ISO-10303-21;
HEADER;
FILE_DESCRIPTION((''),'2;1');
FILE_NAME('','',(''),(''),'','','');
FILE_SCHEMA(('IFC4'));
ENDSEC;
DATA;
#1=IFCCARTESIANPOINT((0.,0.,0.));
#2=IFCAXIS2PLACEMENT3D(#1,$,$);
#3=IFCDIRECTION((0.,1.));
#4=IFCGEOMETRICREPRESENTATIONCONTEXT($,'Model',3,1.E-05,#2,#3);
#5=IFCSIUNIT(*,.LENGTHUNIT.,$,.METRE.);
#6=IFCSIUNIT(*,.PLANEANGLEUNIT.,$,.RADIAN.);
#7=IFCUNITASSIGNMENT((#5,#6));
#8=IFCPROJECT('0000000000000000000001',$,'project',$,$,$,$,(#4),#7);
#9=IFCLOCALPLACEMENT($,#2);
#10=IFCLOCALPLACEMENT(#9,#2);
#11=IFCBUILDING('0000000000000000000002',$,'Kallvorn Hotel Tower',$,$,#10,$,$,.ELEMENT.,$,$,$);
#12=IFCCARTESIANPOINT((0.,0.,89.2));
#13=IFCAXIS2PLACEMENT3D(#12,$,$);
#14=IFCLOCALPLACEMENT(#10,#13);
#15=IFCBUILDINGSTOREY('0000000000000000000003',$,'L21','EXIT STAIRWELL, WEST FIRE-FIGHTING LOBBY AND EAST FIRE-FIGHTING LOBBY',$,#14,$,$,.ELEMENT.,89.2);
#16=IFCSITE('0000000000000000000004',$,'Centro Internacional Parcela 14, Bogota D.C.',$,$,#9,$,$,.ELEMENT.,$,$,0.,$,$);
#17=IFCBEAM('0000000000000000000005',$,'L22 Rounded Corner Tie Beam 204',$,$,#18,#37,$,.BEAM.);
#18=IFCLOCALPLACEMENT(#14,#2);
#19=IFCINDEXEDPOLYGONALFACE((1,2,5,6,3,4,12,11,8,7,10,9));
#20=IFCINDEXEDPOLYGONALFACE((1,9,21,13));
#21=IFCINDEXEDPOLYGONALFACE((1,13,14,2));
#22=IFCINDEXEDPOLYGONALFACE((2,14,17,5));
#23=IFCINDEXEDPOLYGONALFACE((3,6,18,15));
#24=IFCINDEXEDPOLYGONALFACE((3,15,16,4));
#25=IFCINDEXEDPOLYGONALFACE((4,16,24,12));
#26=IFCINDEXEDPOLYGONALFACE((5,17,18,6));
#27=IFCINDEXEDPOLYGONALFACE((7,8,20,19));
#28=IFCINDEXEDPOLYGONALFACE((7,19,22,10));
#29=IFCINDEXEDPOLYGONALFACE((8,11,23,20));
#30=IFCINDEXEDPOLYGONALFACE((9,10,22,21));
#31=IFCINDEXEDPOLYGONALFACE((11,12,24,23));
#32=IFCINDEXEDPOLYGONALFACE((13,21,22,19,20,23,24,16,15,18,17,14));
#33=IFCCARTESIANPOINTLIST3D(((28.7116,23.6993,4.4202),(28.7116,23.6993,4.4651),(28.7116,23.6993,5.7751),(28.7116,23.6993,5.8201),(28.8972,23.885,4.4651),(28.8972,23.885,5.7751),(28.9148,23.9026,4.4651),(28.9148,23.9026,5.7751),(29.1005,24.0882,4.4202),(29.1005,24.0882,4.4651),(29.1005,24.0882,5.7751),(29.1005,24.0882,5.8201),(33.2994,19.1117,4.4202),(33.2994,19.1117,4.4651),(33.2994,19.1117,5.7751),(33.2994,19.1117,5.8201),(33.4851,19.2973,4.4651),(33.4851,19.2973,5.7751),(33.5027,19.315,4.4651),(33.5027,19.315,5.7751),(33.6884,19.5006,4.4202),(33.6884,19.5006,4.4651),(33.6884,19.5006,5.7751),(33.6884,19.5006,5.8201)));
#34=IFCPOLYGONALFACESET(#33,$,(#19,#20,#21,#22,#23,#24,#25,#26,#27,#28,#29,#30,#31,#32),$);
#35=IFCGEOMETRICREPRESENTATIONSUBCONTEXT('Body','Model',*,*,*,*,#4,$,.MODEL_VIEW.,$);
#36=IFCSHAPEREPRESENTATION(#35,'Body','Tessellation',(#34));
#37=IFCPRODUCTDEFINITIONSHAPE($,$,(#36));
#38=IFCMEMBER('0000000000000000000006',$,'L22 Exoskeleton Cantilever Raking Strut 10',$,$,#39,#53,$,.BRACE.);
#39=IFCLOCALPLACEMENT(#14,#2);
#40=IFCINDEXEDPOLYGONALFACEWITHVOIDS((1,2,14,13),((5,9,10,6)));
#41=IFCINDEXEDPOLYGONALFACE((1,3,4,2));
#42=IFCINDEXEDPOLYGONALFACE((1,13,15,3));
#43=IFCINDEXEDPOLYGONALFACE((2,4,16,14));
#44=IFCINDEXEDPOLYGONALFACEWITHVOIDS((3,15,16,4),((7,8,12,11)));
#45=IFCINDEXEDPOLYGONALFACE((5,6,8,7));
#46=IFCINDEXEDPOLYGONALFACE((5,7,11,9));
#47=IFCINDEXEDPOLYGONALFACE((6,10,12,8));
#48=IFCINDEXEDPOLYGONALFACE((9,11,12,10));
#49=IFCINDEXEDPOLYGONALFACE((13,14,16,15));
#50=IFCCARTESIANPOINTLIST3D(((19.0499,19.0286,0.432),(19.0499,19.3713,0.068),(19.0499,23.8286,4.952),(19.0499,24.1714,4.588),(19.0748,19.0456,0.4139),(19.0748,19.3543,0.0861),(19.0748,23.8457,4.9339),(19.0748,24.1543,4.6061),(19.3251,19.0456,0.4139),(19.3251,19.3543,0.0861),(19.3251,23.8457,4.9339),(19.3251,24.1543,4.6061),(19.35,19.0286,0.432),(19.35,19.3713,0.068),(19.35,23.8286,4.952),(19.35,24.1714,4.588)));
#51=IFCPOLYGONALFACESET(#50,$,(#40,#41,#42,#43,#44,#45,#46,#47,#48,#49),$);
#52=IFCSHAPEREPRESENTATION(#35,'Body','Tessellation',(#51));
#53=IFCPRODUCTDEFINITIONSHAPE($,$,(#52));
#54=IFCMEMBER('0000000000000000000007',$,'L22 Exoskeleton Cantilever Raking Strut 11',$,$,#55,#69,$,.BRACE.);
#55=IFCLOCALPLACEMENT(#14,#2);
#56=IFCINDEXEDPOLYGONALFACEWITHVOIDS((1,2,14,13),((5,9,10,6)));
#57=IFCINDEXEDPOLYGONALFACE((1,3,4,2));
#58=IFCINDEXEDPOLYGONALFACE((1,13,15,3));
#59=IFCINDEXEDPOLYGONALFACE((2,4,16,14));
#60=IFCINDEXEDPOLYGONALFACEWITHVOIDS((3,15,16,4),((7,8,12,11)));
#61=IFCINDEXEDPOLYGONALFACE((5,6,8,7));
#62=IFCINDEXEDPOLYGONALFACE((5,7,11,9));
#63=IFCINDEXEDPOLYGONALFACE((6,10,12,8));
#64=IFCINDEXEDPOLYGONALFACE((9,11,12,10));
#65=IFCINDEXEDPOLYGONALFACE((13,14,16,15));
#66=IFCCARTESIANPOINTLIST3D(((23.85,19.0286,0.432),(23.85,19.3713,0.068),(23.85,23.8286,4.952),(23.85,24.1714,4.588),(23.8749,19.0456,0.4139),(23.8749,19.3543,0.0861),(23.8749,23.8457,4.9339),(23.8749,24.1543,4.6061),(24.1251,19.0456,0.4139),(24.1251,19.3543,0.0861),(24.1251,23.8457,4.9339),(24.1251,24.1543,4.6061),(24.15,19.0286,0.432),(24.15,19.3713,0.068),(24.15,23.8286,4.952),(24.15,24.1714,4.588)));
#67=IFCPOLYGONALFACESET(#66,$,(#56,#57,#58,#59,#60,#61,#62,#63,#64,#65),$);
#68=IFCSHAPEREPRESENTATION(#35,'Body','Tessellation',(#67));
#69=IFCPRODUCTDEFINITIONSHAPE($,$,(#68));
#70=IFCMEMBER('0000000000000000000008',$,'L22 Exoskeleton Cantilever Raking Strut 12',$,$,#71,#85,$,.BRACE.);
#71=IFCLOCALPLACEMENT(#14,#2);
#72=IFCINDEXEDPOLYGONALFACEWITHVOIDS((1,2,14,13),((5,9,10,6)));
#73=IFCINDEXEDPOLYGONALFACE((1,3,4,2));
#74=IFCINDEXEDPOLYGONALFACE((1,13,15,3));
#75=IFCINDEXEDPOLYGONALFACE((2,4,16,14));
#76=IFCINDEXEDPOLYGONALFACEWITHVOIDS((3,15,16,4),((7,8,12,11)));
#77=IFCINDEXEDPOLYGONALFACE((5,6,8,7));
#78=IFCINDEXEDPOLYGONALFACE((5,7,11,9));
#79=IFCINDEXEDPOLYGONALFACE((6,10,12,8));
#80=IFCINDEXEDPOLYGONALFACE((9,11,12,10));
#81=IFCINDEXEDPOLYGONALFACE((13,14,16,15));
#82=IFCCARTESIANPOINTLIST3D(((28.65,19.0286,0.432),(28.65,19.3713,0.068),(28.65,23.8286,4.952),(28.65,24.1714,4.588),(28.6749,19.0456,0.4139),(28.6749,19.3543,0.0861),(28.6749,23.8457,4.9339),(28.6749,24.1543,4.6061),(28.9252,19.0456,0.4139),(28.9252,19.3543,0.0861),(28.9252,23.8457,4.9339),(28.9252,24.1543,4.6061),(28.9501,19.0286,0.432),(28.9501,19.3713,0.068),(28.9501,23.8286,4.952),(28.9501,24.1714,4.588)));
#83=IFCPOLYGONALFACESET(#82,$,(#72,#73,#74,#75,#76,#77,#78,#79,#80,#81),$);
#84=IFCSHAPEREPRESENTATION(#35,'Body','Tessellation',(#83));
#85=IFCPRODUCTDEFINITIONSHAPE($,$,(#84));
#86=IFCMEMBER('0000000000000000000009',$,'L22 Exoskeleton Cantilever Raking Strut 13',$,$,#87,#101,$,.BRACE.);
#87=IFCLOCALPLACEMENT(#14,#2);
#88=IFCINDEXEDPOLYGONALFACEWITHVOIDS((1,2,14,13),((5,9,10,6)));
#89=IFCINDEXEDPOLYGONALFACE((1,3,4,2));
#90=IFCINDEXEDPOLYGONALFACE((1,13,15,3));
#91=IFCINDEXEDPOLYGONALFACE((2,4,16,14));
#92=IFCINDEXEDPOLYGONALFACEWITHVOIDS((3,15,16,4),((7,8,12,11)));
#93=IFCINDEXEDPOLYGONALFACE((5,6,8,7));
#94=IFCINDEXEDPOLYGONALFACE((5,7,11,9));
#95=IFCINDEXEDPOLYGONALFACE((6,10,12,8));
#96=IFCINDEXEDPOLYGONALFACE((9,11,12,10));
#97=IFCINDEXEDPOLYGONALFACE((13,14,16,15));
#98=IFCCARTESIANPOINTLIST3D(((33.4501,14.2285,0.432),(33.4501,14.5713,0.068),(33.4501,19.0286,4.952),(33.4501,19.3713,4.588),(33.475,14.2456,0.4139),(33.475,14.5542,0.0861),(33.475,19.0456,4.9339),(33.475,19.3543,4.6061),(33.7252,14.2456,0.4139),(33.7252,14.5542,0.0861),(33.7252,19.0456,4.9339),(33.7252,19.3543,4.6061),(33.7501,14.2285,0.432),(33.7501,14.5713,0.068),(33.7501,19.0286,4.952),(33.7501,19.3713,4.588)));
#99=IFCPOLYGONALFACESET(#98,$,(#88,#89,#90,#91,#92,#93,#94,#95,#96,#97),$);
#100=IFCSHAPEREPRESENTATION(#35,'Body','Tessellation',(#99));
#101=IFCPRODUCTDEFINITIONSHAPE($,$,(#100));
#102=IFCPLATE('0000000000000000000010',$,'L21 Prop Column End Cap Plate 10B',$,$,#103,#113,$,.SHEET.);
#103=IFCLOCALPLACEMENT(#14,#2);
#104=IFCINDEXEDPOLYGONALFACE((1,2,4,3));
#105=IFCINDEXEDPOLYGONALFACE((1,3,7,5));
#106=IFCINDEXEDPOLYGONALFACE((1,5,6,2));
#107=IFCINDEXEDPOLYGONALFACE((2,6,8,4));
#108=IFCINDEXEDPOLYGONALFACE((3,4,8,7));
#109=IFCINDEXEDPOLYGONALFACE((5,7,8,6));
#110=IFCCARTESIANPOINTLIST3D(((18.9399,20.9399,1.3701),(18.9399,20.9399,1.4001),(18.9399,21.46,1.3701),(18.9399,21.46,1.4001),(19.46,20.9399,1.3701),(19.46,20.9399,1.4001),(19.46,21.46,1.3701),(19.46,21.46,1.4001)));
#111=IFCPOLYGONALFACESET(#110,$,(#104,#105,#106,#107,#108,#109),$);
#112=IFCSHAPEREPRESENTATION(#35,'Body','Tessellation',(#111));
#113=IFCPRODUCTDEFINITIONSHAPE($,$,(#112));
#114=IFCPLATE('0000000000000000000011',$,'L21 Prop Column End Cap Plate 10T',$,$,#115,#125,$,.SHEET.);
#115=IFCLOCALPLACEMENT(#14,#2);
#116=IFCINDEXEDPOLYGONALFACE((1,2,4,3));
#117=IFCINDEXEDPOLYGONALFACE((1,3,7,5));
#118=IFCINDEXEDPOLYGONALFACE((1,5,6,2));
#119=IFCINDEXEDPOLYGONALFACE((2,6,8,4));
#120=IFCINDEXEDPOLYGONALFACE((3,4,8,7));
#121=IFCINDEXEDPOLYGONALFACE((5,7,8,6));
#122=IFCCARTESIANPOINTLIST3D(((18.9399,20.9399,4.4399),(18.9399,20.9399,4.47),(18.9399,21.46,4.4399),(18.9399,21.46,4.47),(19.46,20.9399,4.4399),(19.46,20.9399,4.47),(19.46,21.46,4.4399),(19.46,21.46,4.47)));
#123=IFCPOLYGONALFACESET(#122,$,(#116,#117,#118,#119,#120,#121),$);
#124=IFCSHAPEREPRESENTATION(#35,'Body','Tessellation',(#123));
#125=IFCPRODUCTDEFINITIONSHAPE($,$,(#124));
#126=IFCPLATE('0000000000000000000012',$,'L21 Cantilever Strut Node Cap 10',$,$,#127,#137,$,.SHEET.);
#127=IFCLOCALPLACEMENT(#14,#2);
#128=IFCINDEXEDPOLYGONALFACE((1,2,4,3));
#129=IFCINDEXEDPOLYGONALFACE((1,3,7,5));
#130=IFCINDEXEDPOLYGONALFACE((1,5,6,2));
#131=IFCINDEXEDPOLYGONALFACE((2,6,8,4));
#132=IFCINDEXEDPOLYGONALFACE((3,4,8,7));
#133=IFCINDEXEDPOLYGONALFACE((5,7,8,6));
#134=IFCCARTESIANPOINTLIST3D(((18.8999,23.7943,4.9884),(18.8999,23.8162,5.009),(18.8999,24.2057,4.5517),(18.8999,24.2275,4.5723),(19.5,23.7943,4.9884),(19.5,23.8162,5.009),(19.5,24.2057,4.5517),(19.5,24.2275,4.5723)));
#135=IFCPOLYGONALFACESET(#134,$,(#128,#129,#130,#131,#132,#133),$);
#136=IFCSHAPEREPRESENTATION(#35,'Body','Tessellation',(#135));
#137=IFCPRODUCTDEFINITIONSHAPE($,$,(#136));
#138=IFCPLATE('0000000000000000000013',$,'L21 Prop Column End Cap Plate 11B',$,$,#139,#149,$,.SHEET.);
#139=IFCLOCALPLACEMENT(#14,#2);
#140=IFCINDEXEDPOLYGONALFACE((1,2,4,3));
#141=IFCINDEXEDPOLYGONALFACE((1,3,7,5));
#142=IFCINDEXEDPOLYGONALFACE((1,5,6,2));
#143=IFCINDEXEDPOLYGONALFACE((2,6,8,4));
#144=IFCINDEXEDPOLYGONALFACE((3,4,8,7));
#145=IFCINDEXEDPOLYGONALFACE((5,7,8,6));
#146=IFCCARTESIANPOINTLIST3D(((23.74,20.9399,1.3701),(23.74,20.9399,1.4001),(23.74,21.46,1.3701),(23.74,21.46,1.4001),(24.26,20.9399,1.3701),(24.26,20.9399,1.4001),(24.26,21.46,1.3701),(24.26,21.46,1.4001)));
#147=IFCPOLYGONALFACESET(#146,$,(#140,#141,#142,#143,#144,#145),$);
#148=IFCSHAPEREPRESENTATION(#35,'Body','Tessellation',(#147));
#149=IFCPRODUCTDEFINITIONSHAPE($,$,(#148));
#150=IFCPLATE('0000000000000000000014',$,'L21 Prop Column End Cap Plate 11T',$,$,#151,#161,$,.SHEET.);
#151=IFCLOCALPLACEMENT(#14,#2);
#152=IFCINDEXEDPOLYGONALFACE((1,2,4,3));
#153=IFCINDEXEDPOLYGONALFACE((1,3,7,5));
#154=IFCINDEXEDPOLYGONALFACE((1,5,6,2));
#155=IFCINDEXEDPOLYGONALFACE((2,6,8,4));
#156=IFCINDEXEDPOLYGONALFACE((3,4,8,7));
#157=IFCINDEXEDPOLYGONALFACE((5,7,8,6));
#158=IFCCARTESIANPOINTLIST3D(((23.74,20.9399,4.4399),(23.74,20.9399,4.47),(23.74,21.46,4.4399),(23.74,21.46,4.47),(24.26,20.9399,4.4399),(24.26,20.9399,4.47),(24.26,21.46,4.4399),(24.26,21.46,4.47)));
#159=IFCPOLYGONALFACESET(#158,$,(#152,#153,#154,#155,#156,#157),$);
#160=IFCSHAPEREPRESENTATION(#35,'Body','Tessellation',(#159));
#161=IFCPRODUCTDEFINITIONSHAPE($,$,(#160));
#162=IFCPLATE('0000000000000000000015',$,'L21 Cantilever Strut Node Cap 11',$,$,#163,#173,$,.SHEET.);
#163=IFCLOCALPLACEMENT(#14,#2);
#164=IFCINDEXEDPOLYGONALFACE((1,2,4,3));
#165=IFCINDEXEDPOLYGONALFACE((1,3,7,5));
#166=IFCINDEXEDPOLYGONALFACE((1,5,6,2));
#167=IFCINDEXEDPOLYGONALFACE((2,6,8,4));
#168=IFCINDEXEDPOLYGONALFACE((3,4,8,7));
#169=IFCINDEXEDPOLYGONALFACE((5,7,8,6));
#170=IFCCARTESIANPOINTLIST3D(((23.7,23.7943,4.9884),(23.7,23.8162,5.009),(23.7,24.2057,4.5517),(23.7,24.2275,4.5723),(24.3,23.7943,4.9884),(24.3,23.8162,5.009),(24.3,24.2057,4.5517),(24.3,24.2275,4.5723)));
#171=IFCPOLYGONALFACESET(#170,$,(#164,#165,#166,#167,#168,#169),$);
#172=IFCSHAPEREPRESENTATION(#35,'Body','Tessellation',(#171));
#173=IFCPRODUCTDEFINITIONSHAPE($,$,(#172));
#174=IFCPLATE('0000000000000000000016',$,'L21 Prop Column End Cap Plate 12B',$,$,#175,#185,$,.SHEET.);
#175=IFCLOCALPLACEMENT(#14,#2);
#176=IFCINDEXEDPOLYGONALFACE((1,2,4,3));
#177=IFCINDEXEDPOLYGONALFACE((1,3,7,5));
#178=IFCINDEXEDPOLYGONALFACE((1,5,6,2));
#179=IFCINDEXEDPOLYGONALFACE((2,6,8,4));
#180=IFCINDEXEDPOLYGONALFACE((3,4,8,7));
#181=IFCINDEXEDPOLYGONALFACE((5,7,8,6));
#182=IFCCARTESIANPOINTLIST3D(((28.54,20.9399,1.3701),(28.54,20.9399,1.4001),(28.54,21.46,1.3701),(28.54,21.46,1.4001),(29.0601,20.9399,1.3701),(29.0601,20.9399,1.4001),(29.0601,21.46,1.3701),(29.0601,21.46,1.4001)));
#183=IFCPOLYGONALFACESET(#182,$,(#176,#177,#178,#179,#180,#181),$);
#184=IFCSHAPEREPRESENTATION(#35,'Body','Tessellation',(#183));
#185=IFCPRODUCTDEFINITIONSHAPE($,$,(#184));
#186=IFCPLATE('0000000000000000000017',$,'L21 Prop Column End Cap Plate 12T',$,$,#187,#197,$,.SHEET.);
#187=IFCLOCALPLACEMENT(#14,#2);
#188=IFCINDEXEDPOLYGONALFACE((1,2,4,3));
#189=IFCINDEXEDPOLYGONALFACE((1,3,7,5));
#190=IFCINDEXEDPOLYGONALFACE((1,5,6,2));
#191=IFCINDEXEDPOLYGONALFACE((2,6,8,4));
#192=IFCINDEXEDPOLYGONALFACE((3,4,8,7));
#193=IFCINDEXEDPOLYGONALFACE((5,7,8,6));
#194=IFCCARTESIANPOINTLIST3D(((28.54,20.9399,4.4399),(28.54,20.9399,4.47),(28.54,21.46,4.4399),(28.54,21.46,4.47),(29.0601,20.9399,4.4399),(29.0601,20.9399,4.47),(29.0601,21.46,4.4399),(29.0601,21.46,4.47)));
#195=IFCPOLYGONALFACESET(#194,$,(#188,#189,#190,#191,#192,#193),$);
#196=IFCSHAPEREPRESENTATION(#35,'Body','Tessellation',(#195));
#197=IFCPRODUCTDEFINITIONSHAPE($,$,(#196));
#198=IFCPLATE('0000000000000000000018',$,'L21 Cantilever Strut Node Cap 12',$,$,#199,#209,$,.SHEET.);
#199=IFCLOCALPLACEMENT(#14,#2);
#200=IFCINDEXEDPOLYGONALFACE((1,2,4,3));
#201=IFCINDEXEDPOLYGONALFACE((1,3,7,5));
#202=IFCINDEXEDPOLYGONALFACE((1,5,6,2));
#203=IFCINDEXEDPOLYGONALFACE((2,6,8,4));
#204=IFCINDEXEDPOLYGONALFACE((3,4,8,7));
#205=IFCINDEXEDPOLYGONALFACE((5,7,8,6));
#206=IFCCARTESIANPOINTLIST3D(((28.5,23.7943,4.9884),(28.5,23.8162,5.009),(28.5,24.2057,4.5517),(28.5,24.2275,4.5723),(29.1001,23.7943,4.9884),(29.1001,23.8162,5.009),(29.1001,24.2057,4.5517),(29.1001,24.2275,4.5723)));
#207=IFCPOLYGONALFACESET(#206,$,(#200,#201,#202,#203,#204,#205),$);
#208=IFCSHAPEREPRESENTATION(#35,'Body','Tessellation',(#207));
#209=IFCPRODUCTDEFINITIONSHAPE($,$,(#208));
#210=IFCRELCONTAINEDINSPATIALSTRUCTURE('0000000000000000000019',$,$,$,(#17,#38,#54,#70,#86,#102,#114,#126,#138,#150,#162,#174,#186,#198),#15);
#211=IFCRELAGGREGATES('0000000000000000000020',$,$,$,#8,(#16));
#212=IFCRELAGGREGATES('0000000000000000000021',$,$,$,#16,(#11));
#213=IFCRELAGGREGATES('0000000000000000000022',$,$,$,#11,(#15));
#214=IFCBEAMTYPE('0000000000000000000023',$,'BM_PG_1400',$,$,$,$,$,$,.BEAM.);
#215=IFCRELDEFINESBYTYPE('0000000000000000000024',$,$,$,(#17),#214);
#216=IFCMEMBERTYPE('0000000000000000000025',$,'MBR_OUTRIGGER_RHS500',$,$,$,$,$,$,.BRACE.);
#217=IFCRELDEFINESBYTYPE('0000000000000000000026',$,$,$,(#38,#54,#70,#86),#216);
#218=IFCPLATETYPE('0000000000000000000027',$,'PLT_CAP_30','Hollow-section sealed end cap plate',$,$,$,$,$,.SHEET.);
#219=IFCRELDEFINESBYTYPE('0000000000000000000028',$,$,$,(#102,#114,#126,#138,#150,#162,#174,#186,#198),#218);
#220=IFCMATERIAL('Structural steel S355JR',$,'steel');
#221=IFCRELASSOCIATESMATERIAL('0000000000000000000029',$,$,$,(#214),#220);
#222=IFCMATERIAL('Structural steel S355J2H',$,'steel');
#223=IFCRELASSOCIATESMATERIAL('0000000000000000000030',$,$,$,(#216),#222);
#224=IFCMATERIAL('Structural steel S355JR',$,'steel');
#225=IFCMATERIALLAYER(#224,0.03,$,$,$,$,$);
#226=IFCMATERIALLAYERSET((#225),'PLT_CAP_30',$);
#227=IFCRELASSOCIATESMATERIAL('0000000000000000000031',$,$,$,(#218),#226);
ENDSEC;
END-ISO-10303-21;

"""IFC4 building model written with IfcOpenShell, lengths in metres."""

from ifc_helpers import new_model, si_unit, direction, frame, origin, origin_2d, place, context, subcontext, project, spatial, polyline, rectangle, hollow_rectangle, i_section, outline, extrude, material, layer, layer_set, material_profile, profile_set, type_object, element, save


model = new_model("IFC4")

# Units and contexts
model_context = context("Model", 3, precision=1e-05, world=origin(), true_north=direction((0.0, 1.0)))
body_context = subcontext(model_context, "Body", "Model", "MODEL_VIEW")
ifc_project = project(units=[si_unit("LENGTHUNIT", "METRE"), si_unit("PLANEANGLEUNIT", "RADIAN")], contexts=[model_context])

# Site, building, storey
site_placement = place(None, origin())
site = spatial("IfcSite", under=ifc_project, at=site_placement, Name="Centro Internacional Parcela 14, Bogota D.C.", CompositionType="ELEMENT", RefElevation=0.0)
building_placement = place(site_placement, origin())
building = spatial("IfcBuilding", under=site, at=building_placement, Name="Kallvorn Hotel Tower", CompositionType="ELEMENT")
storey_placement = place(building_placement, frame((0.0, 0.0, 89.2)))
storey = spatial("IfcBuildingStorey", under=building, at=storey_placement, Name="L21", Description="EXIT STAIRWELL, WEST FIRE-FIGHTING LOBBY AND EAST FIRE-FIGHTING LOBBY", CompositionType="ELEMENT", Elevation=89.2)

# Beam
ifc_material_1 = material(Name="Structural steel S355JR", Category="steel")
ifc_material_profile_1 = material_profile(ifc_material_1, i_section(OverallWidth=0.55, OverallDepth=1.3999, WebThickness=0.0249, FlangeThickness=0.0449, at=origin_2d()), Name="PG 1400x550x25x45")
ifc_profile_set_1 = profile_set([ifc_material_profile_1], Name="Structural steel S355JR")
beam_type_1 = type_object("IfcBeamType", Name="BM_PG_1400", PredefinedType="BEAM", material=ifc_profile_set_1)
beam_1_placement = place(storey_placement, frame((33.4939, 19.3062, 5.1201), z_axis=(-0.707126, 0.707088, 0.0), x_axis=(-0.707088, -0.707126, 0.0)))
element("IfcBeam", 1, at=beam_1_placement, inside=storey, type_object=beam_type_1, Name="L22 Rounded Corner Tie Beam 204", PredefinedType="BEAM", context=body_context, shape_type="SweptSolid", body=[
    extrude(i_section(OverallWidth=0.55, OverallDepth=1.3999, WebThickness=0.0249, FlangeThickness=0.0449, at=origin_2d()), origin(), (0.0, 0.0, 1.0), 6.488),
])

# Members
ifc_material_2 = material(Name="Structural steel S355J2H", Category="steel")
ifc_material_profile_2 = material_profile(ifc_material_2, hollow_rectangle(XDim=0.3, YDim=0.5, WallThickness=0.0249, at=origin_2d()), Name="RHS 500x300x25")
ifc_profile_set_2 = profile_set([ifc_material_profile_2], Name="Structural steel S355J2H")
member_type = type_object("IfcMemberType", Name="MBR_OUTRIGGER_RHS500", PredefinedType="BRACE", material=ifc_profile_set_2)
for number, where, z_axis, x_axis, name in (
    (2, (19.2, 19.2, 0.25), (0.0, 0.728024, 0.685552), (-1.0, 0.0, 0.0), "L22 Exoskeleton Cantilever Raking Strut 10"),
    (3, (24.0, 19.2, 0.25), (0.0, 0.728024, 0.685552), (-1.0, 0.0, 0.0), "L22 Exoskeleton Cantilever Raking Strut 11"),
    (4, (28.8, 19.2, 0.25), (0.0, 0.728024, 0.685552), (-1.0, 0.0, 0.0), "L22 Exoskeleton Cantilever Raking Strut 12"),
    (5, (33.6001, 14.3999, 0.25), (0.0, 0.728024, 0.685552), (-1.0, 0.0, 0.0), "L22 Exoskeleton Cantilever Raking Strut 13"),
):
    element("IfcMember", number, at=place(storey_placement, frame(where, z_axis=z_axis, x_axis=x_axis)), inside=storey, type_object=member_type, Name=name, PredefinedType="BRACE", context=body_context, shape_type="SweptSolid", body=[
        extrude(hollow_rectangle(XDim=0.3, YDim=0.5, WallThickness=0.0249, at=origin_2d()), origin(), (0.0, 0.0, 1.0), 6.5933),
    ])

# Plates
ifc_material_3 = material(Name="Structural steel S355JR", Category="steel")
ifc_layer = layer(ifc_material_3, 0.03)
ifc_layer_set = layer_set([ifc_layer], Name="PLT_CAP_30")
plate_type = type_object("IfcPlateType", Name="PLT_CAP_30", Description="Hollow-section sealed end cap plate", PredefinedType="SHEET", material=ifc_layer_set)
for number, where, z_axis, x_axis, name in (
    (6, (19.2, 21.2, 1.3701), (0.0, 0.0, 1.0), (1.0, 0.0, 0.0), "L21 Prop Column End Cap Plate 10B"),
    (7, (19.2, 21.2, 4.4399), (0.0, 0.0, 1.0), (1.0, 0.0, 0.0), "L21 Prop Column End Cap Plate 10T"),
):
    element("IfcPlate", number, at=place(storey_placement, frame(where, z_axis=z_axis, x_axis=x_axis)), inside=storey, type_object=plate_type, Name=name, PredefinedType="SHEET", context=body_context, shape_type="SweptSolid", body=[
        extrude(rectangle(XDim=0.52, YDim=0.52, at=origin_2d()), origin(), (0.0, 0.0, 1.0), 0.03),
    ])
plate_1_placement = place(storey_placement, frame((19.5, 24.2275, 4.5723), z_axis=(0.0, 0.727949, 0.685631), x_axis=(-1.0, 0.0, 0.0)))
element("IfcPlate", 8, at=plate_1_placement, inside=storey, type_object=plate_type, Name="L21 Cantilever Strut Node Cap 10", PredefinedType="SHEET", context=body_context, shape_type="SweptSolid", body=[
    extrude(outline(polyline([(0.0, 0.0), (0.6001, 0.0), (0.6001, 0.6), (0.0, 0.6), (0.0, 0.0)])), origin(), (0.0, 0.0, -1.0), 0.03),
])
for number, where, z_axis, x_axis, name in (
    (9, (24.0, 21.2, 1.3701), (0.0, 0.0, 1.0), (1.0, 0.0, 0.0), "L21 Prop Column End Cap Plate 11B"),
    (10, (24.0, 21.2, 4.4399), (0.0, 0.0, 1.0), (1.0, 0.0, 0.0), "L21 Prop Column End Cap Plate 11T"),
):
    element("IfcPlate", number, at=place(storey_placement, frame(where, z_axis=z_axis, x_axis=x_axis)), inside=storey, type_object=plate_type, Name=name, PredefinedType="SHEET", context=body_context, shape_type="SweptSolid", body=[
        extrude(rectangle(XDim=0.52, YDim=0.52, at=origin_2d()), origin(), (0.0, 0.0, 1.0), 0.03),
    ])
plate_2_placement = place(storey_placement, frame((24.3, 24.2275, 4.5723), z_axis=(0.0, 0.727949, 0.685631), x_axis=(-1.0, 0.0, 0.0)))
element("IfcPlate", 11, at=plate_2_placement, inside=storey, type_object=plate_type, Name="L21 Cantilever Strut Node Cap 11", PredefinedType="SHEET", context=body_context, shape_type="SweptSolid", body=[
    extrude(outline(polyline([(0.0, 0.0), (0.6001, 0.0), (0.6001, 0.6), (0.0, 0.6), (0.0, 0.0)])), origin(), (0.0, 0.0, -1.0), 0.03),
])
for number, where, z_axis, x_axis, name in (
    (12, (28.8, 21.2, 1.3701), (0.0, 0.0, 1.0), (1.0, 0.0, 0.0), "L21 Prop Column End Cap Plate 12B"),
    (13, (28.8, 21.2, 4.4399), (0.0, 0.0, 1.0), (1.0, 0.0, 0.0), "L21 Prop Column End Cap Plate 12T"),
):
    element("IfcPlate", number, at=place(storey_placement, frame(where, z_axis=z_axis, x_axis=x_axis)), inside=storey, type_object=plate_type, Name=name, PredefinedType="SHEET", context=body_context, shape_type="SweptSolid", body=[
        extrude(rectangle(XDim=0.52, YDim=0.52, at=origin_2d()), origin(), (0.0, 0.0, 1.0), 0.03),
    ])
plate_3_placement = place(storey_placement, frame((29.1001, 24.2275, 4.5723), z_axis=(0.0, 0.727949, 0.685631), x_axis=(-1.0, 0.0, 0.0)))
element("IfcPlate", 14, at=plate_3_placement, inside=storey, type_object=plate_type, Name="L21 Cantilever Strut Node Cap 12", PredefinedType="SHEET", context=body_context, shape_type="SweptSolid", body=[
    extrude(outline(polyline([(0.0, 0.0), (0.6001, 0.0), (0.6001, 0.6), (0.0, 0.6), (0.0, 0.0)])), origin(), (0.0, 0.0, -1.0), 0.03),
])

save(model, "model.ifc")
